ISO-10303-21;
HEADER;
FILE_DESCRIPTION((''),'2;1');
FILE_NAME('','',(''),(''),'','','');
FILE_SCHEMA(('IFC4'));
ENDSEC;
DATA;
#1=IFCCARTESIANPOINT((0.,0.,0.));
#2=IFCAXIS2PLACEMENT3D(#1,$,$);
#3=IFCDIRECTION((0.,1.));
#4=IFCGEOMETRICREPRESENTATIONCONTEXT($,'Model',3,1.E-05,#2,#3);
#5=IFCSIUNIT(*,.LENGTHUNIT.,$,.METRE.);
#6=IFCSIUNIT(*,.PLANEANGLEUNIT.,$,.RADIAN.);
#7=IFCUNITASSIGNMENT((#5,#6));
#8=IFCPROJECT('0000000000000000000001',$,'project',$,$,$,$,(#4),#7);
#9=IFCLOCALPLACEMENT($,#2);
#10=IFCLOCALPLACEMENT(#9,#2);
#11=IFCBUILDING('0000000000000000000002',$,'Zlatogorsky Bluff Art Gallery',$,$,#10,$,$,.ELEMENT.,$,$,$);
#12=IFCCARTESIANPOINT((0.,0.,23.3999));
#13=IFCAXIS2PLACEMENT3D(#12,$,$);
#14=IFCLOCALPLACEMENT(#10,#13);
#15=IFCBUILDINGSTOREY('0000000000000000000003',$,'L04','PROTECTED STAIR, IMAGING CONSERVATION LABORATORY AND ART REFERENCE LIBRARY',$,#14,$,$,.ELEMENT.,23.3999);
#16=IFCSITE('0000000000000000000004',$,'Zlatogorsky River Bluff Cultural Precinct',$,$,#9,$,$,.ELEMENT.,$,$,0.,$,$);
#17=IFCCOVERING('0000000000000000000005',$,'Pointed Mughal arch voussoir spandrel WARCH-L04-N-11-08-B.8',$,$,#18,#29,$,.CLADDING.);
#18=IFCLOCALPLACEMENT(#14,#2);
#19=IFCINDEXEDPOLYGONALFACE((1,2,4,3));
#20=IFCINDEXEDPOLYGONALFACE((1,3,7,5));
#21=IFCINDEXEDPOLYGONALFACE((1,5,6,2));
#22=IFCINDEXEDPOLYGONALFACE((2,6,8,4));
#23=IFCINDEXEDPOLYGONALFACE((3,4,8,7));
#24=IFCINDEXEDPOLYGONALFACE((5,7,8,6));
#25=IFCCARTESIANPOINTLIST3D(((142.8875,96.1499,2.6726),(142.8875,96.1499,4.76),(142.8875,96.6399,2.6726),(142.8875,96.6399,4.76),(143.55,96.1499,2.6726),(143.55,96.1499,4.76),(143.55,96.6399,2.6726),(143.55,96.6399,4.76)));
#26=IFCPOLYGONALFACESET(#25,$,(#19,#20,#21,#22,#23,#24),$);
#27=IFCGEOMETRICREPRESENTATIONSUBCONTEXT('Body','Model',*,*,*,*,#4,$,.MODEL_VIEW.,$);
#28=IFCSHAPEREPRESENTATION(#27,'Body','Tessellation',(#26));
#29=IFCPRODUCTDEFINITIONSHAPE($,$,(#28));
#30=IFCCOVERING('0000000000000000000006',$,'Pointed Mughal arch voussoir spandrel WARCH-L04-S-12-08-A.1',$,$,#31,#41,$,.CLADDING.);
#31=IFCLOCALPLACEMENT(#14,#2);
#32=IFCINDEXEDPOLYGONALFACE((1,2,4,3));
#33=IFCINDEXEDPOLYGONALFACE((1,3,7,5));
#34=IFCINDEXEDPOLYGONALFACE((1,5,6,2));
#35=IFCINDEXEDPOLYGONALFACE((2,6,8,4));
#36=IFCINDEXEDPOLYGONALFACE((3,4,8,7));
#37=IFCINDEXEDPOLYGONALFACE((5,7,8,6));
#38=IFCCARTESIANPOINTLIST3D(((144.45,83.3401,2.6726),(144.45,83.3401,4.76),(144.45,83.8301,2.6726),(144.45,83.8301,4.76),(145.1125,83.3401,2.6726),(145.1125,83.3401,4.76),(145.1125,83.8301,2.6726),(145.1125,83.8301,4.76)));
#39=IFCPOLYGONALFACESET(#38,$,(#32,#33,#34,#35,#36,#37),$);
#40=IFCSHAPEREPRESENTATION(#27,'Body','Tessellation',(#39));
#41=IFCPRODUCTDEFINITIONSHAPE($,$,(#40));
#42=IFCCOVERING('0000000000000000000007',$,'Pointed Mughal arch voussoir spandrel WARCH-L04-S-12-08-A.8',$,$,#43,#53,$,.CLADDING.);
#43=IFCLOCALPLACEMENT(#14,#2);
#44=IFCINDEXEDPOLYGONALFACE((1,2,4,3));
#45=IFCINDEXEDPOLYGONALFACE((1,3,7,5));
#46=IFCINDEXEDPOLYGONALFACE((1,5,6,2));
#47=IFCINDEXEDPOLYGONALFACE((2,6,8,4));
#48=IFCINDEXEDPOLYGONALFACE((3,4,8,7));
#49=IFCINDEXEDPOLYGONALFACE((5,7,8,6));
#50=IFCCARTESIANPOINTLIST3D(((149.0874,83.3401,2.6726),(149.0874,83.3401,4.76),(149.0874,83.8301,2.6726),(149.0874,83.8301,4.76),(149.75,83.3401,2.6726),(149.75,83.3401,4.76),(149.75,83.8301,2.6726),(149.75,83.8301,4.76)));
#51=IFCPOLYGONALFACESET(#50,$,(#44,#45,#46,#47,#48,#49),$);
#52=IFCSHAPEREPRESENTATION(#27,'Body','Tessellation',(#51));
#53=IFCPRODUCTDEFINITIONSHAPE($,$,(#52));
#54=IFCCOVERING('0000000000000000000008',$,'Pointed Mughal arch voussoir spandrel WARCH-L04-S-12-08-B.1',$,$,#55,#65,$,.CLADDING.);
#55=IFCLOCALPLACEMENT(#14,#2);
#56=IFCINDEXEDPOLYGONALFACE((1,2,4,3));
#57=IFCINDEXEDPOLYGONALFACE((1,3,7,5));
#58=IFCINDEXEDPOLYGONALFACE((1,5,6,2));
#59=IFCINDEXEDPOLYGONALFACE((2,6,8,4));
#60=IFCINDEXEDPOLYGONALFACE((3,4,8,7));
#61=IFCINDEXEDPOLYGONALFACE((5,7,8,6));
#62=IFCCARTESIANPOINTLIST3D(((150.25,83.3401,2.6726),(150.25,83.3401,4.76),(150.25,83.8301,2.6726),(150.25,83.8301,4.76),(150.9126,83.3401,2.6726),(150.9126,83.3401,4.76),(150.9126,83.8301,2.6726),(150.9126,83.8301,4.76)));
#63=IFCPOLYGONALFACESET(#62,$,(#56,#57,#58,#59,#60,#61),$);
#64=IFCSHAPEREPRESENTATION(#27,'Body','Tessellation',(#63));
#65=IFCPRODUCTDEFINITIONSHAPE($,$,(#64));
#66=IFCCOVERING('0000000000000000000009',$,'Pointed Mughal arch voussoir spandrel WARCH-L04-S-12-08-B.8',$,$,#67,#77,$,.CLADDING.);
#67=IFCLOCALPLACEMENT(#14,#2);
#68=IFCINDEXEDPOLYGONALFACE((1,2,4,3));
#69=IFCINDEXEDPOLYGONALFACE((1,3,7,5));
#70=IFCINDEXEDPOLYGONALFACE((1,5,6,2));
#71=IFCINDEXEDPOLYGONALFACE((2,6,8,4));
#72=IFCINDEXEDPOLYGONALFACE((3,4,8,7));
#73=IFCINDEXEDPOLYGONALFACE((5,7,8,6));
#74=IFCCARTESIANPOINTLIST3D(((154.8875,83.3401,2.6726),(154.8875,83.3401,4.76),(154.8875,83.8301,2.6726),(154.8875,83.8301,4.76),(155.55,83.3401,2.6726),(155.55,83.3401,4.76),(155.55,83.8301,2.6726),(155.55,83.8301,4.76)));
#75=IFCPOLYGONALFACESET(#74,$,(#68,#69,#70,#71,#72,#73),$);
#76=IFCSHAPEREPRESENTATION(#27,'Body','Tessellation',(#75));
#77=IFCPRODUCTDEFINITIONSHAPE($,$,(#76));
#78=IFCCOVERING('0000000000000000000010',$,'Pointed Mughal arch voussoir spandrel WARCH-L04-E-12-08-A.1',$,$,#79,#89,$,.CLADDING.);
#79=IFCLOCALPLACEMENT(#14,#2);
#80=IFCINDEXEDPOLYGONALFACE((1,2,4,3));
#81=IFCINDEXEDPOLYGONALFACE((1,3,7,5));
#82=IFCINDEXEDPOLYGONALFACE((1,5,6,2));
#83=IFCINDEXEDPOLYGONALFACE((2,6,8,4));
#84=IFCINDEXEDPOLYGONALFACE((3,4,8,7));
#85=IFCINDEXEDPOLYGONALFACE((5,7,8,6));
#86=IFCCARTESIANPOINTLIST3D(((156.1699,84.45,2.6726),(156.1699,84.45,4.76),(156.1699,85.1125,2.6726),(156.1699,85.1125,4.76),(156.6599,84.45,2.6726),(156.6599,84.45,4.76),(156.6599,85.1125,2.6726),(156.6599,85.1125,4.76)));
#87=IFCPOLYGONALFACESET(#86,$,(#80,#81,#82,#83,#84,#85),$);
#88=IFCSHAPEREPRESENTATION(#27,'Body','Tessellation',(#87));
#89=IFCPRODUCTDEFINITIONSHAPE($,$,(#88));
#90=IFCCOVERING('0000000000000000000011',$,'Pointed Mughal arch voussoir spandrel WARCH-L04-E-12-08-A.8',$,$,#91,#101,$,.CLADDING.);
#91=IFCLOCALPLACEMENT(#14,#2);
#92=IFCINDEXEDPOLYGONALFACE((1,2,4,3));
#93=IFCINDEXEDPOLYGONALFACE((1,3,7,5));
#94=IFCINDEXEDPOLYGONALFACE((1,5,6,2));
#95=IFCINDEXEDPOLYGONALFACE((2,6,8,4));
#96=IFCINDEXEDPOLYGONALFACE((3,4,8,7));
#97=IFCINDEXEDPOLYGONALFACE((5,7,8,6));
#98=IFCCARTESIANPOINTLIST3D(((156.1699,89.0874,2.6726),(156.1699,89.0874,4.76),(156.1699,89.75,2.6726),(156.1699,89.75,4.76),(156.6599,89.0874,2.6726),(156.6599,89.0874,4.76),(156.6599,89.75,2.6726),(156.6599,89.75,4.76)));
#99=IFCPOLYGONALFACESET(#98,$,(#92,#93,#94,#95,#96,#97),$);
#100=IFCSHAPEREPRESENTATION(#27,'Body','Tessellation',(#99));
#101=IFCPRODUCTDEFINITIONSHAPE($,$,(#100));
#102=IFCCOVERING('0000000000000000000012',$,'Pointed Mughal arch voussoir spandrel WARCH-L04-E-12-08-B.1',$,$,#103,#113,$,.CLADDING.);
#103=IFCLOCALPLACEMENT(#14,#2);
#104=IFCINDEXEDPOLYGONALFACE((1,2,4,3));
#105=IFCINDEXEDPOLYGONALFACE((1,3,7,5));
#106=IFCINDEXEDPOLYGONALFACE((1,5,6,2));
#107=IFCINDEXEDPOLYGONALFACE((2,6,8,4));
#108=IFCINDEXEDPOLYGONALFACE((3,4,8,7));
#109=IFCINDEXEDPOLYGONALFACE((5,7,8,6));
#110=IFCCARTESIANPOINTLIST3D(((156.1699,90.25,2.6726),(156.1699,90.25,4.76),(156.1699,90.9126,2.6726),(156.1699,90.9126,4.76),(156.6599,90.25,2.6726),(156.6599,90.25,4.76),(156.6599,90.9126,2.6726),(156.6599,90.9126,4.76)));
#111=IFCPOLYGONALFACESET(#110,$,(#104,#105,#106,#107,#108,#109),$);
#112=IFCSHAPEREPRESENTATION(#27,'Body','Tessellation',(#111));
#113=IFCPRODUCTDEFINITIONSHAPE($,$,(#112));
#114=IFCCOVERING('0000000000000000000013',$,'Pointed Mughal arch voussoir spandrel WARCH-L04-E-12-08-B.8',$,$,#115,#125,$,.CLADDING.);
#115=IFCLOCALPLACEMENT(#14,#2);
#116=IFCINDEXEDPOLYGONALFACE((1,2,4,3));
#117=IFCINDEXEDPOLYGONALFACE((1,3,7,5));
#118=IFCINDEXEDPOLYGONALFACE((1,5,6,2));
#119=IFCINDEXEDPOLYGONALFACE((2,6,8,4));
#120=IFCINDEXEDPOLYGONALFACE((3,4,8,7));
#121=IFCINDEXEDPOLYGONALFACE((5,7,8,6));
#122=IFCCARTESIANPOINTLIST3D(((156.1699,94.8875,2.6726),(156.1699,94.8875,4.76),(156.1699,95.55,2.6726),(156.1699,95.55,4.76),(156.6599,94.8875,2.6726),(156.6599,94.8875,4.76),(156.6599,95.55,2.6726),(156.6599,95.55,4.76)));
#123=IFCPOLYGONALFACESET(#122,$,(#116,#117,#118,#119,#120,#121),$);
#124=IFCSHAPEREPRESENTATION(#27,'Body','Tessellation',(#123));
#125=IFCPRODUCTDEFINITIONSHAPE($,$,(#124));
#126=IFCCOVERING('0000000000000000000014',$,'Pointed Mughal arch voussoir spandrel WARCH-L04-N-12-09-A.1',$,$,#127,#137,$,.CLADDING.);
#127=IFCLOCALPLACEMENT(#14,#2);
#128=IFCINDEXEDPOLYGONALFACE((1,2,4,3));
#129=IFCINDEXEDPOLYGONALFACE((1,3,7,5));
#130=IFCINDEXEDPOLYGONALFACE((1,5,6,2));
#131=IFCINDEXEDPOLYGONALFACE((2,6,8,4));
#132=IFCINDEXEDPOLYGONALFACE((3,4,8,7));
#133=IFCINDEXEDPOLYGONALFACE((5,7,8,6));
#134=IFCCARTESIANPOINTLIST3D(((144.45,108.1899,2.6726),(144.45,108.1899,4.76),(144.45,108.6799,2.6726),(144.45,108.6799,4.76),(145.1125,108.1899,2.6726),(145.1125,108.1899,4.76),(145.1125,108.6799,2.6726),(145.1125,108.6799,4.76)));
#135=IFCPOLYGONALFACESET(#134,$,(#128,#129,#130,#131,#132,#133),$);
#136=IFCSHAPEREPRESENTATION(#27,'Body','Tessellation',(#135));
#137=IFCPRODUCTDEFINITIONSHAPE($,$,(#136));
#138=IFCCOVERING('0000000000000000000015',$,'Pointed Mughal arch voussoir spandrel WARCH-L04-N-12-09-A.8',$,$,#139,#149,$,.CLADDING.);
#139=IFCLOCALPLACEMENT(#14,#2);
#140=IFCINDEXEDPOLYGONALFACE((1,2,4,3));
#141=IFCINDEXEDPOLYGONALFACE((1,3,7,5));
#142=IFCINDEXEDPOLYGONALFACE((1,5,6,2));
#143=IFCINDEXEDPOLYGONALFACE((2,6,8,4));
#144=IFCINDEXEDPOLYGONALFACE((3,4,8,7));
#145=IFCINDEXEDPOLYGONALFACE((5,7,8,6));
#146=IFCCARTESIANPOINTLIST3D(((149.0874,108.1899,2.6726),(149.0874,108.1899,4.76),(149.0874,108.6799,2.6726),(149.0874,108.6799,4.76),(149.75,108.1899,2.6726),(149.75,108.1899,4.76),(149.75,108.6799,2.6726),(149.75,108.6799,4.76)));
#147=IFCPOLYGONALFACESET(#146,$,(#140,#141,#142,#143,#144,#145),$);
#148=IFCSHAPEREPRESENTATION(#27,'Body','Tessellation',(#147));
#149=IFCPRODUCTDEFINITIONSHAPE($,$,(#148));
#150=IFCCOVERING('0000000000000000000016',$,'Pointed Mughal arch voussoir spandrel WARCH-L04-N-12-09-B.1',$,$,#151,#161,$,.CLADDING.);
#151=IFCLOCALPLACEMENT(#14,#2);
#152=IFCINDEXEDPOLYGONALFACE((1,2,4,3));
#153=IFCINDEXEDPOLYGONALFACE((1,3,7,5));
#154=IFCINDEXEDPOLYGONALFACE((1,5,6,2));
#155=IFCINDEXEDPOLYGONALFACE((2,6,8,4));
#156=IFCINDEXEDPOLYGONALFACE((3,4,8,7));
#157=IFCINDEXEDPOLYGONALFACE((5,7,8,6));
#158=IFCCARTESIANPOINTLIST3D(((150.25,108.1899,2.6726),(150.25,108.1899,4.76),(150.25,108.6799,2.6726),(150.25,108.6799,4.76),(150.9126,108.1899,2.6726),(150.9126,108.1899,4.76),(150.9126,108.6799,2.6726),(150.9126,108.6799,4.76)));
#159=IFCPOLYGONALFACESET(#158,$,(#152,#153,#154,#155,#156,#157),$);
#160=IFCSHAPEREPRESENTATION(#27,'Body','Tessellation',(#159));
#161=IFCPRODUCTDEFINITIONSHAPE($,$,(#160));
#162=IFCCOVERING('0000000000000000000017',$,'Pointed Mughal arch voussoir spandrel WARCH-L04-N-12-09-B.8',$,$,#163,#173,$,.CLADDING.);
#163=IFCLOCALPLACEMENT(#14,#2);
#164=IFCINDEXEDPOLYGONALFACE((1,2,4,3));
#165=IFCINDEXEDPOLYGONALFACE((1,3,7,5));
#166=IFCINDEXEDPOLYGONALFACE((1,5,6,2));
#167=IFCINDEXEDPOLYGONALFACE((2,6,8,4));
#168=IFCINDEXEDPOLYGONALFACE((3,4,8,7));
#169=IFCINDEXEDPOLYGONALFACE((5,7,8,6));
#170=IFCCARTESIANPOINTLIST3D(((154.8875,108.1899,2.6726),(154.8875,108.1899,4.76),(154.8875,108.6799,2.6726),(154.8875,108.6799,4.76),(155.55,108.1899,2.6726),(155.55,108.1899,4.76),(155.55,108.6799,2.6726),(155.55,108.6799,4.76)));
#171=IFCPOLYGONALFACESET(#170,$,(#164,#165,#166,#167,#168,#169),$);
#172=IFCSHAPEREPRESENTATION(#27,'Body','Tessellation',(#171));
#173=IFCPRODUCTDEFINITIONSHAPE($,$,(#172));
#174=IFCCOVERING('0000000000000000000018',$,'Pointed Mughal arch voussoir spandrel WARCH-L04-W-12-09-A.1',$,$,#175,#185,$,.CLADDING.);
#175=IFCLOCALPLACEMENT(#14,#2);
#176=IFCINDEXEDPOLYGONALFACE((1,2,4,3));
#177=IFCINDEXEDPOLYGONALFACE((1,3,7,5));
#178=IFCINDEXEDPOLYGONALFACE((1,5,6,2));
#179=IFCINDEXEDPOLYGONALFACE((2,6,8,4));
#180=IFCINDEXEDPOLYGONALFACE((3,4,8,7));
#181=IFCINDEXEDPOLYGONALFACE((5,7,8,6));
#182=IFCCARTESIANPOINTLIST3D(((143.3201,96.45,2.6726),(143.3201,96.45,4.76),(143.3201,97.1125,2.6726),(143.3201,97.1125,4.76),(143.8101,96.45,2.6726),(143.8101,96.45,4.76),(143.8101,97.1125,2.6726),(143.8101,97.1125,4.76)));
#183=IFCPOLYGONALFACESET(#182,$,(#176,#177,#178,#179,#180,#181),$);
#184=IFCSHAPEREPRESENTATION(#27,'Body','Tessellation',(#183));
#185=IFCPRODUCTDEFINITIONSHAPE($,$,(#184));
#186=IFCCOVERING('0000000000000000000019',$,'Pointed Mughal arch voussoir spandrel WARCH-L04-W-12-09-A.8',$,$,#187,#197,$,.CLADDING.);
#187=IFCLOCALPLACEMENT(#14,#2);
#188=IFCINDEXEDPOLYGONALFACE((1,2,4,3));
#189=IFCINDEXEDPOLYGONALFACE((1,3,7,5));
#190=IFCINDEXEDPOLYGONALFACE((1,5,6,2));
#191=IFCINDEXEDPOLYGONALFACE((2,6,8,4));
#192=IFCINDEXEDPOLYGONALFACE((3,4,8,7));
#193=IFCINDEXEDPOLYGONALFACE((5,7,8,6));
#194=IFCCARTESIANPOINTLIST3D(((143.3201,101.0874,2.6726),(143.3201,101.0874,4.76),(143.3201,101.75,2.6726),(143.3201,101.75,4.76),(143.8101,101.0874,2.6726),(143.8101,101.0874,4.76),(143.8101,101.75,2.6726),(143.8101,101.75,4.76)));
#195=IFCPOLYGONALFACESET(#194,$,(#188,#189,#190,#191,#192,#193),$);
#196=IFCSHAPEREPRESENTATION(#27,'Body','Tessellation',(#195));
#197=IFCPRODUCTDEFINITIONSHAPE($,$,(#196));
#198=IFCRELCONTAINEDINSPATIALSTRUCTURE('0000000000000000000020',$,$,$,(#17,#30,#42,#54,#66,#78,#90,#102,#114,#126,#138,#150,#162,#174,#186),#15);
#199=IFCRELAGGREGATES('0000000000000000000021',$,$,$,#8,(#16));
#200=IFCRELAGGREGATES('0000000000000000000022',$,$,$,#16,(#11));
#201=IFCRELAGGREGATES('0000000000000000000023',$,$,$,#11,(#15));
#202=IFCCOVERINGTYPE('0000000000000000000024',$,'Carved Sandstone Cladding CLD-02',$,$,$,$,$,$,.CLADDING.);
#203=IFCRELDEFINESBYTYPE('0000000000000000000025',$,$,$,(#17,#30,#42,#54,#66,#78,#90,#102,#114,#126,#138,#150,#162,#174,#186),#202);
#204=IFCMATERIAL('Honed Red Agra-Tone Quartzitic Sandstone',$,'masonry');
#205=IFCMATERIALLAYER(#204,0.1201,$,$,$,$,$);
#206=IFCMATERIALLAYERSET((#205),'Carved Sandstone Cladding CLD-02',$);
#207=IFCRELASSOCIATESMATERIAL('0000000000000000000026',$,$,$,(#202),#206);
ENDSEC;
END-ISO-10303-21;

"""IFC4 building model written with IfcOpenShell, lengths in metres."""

from ifc_helpers import new_model, si_unit, direction, frame, origin, place, context, subcontext, project, spatial, polyline, outline, extrude, material, layer, layer_set, type_object, element, save


model = new_model("IFC4")

# Units and contexts
model_context = context("Model", 3, precision=1e-05, world=origin(), true_north=direction((0.0, 1.0)))
body_context = subcontext(model_context, "Body", "Model", "MODEL_VIEW")
ifc_project = project(units=[si_unit("LENGTHUNIT", "METRE"), si_unit("PLANEANGLEUNIT", "RADIAN")], contexts=[model_context])

# Site, building, storey
site_placement = place(None, origin())
site = spatial("IfcSite", under=ifc_project, at=site_placement, Name="Zlatogorsky River Bluff Cultural Precinct", CompositionType="ELEMENT", RefElevation=0.0)
building_placement = place(site_placement, origin())
building = spatial("IfcBuilding", under=site, at=building_placement, Name="Zlatogorsky Bluff Art Gallery", CompositionType="ELEMENT")
storey_placement = place(building_placement, frame((0.0, 0.0, 23.3999)))
storey = spatial("IfcBuildingStorey", under=building, at=storey_placement, Name="L04", Description="PROTECTED STAIR, IMAGING CONSERVATION LABORATORY AND ART REFERENCE LIBRARY", CompositionType="ELEMENT", Elevation=23.3999)

# Coverings
ifc_material = material(Name="Honed Red Agra-Tone Quartzitic Sandstone", Category="masonry")
ifc_layer = layer(ifc_material, 0.1201)
ifc_layer_set = layer_set([ifc_layer], Name="Carved Sandstone Cladding CLD-02")
covering_type = type_object("IfcCoveringType", Name="Carved Sandstone Cladding CLD-02", PredefinedType="CLADDING", material=ifc_layer_set)
covering_1_placement = place(storey_placement, frame((0.0, 0.0, 2.6726)))
element("IfcCovering", 1, at=covering_1_placement, inside=storey, type_object=covering_type, Name="Pointed Mughal arch voussoir spandrel WARCH-L04-N-11-08-B.8", PredefinedType="CLADDING", context=body_context, shape_type="SweptSolid", body=[
    extrude(outline(polyline([(142.8875, 96.1499), (143.55, 96.1499), (143.55, 96.6399), (142.8875, 96.6399), (142.8875, 96.1499)])), origin(), (0.0, 0.0, 1.0), 2.0874),
])
covering_2_placement = place(storey_placement, frame((0.0, 0.0, 2.6726)))
element("IfcCovering", 2, at=covering_2_placement, inside=storey, type_object=covering_type, Name="Pointed Mughal arch voussoir spandrel WARCH-L04-S-12-08-A.1", PredefinedType="CLADDING", context=body_context, shape_type="SweptSolid", body=[
    extrude(outline(polyline([(144.45, 83.3401), (145.1125, 83.3401), (145.1125, 83.8301), (144.45, 83.8301), (144.45, 83.3401)])), origin(), (0.0, 0.0, 1.0), 2.0874),
])
covering_3_placement = place(storey_placement, frame((0.0, 0.0, 2.6726)))
element("IfcCovering", 3, at=covering_3_placement, inside=storey, type_object=covering_type, Name="Pointed Mughal arch voussoir spandrel WARCH-L04-S-12-08-A.8", PredefinedType="CLADDING", context=body_context, shape_type="SweptSolid", body=[
    extrude(outline(polyline([(149.0874, 83.3401), (149.75, 83.3401), (149.75, 83.8301), (149.0874, 83.8301), (149.0874, 83.3401)])), origin(), (0.0, 0.0, 1.0), 2.0874),
])
covering_4_placement = place(storey_placement, frame((0.0, 0.0, 2.6726)))
element("IfcCovering", 4, at=covering_4_placement, inside=storey, type_object=covering_type, Name="Pointed Mughal arch voussoir spandrel WARCH-L04-S-12-08-B.1", PredefinedType="CLADDING", context=body_context, shape_type="SweptSolid", body=[
    extrude(outline(polyline([(150.25, 83.3401), (150.9126, 83.3401), (150.9126, 83.8301), (150.25, 83.8301), (150.25, 83.3401)])), origin(), (0.0, 0.0, 1.0), 2.0874),
])
covering_5_placement = place(storey_placement, frame((0.0, 0.0, 2.6726)))
element("IfcCovering", 5, at=covering_5_placement, inside=storey, type_object=covering_type, Name="Pointed Mughal arch voussoir spandrel WARCH-L04-S-12-08-B.8", PredefinedType="CLADDING", context=body_context, shape_type="SweptSolid", body=[
    extrude(outline(polyline([(154.8875, 83.3401), (155.55, 83.3401), (155.55, 83.8301), (154.8875, 83.8301), (154.8875, 83.3401)])), origin(), (0.0, 0.0, 1.0), 2.0874),
])
covering_6_placement = place(storey_placement, frame((0.0, 0.0, 2.6726)))
element("IfcCovering", 6, at=covering_6_placement, inside=storey, type_object=covering_type, Name="Pointed Mughal arch voussoir spandrel WARCH-L04-E-12-08-A.1", PredefinedType="CLADDING", context=body_context, shape_type="SweptSolid", body=[
    extrude(outline(polyline([(156.1699, 84.45), (156.1699, 85.1125), (156.6599, 85.1125), (156.6599, 84.45), (156.1699, 84.45)])), origin(), (0.0, 0.0, 1.0), 2.0874),
])
covering_7_placement = place(storey_placement, frame((0.0, 0.0, 2.6726)))
element("IfcCovering", 7, at=covering_7_placement, inside=storey, type_object=covering_type, Name="Pointed Mughal arch voussoir spandrel WARCH-L04-E-12-08-A.8", PredefinedType="CLADDING", context=body_context, shape_type="SweptSolid", body=[
    extrude(outline(polyline([(156.1699, 89.0874), (156.1699, 89.75), (156.6599, 89.75), (156.6599, 89.0874), (156.1699, 89.0874)])), origin(), (0.0, 0.0, 1.0), 2.0874),
])
covering_8_placement = place(storey_placement, frame((0.0, 0.0, 2.6726)))
element("IfcCovering", 8, at=covering_8_placement, inside=storey, type_object=covering_type, Name="Pointed Mughal arch voussoir spandrel WARCH-L04-E-12-08-B.1", PredefinedType="CLADDING", context=body_context, shape_type="SweptSolid", body=[
    extrude(outline(polyline([(156.1699, 90.25), (156.1699, 90.9126), (156.6599, 90.9126), (156.6599, 90.25), (156.1699, 90.25)])), origin(), (0.0, 0.0, 1.0), 2.0874),
])
covering_9_placement = place(storey_placement, frame((0.0, 0.0, 2.6726)))
element("IfcCovering", 9, at=covering_9_placement, inside=storey, type_object=covering_type, Name="Pointed Mughal arch voussoir spandrel WARCH-L04-E-12-08-B.8", PredefinedType="CLADDING", context=body_context, shape_type="SweptSolid", body=[
    extrude(outline(polyline([(156.1699, 94.8875), (156.1699, 95.55), (156.6599, 95.55), (156.6599, 94.8875), (156.1699, 94.8875)])), origin(), (0.0, 0.0, 1.0), 2.0874),
])
covering_10_placement = place(storey_placement, frame((0.0, 0.0, 2.6726)))
element("IfcCovering", 10, at=covering_10_placement, inside=storey, type_object=covering_type, Name="Pointed Mughal arch voussoir spandrel WARCH-L04-N-12-09-A.1", PredefinedType="CLADDING", context=body_context, shape_type="SweptSolid", body=[
    extrude(outline(polyline([(144.45, 108.1899), (145.1125, 108.1899), (145.1125, 108.6799), (144.45, 108.6799), (144.45, 108.1899)])), origin(), (0.0, 0.0, 1.0), 2.0874),
])
covering_11_placement = place(storey_placement, frame((0.0, 0.0, 2.6726)))
element("IfcCovering", 11, at=covering_11_placement, inside=storey, type_object=covering_type, Name="Pointed Mughal arch voussoir spandrel WARCH-L04-N-12-09-A.8", PredefinedType="CLADDING", context=body_context, shape_type="SweptSolid", body=[
    extrude(outline(polyline([(149.0874, 108.1899), (149.75, 108.1899), (149.75, 108.6799), (149.0874, 108.6799), (149.0874, 108.1899)])), origin(), (0.0, 0.0, 1.0), 2.0874),
])
covering_12_placement = place(storey_placement, frame((0.0, 0.0, 2.6726)))
element("IfcCovering", 12, at=covering_12_placement, inside=storey, type_object=covering_type, Name="Pointed Mughal arch voussoir spandrel WARCH-L04-N-12-09-B.1", PredefinedType="CLADDING", context=body_context, shape_type="SweptSolid", body=[
    extrude(outline(polyline([(150.25, 108.1899), (150.9126, 108.1899), (150.9126, 108.6799), (150.25, 108.6799), (150.25, 108.1899)])), origin(), (0.0, 0.0, 1.0), 2.0874),
])
covering_13_placement = place(storey_placement, frame((0.0, 0.0, 2.6726)))
element("IfcCovering", 13, at=covering_13_placement, inside=storey, type_object=covering_type, Name="Pointed Mughal arch voussoir spandrel WARCH-L04-N-12-09-B.8", PredefinedType="CLADDING", context=body_context, shape_type="SweptSolid", body=[
    extrude(outline(polyline([(154.8875, 108.1899), (155.55, 108.1899), (155.55, 108.6799), (154.8875, 108.6799), (154.8875, 108.1899)])), origin(), (0.0, 0.0, 1.0), 2.0874),
])
covering_14_placement = place(storey_placement, frame((0.0, 0.0, 2.6726)))
element("IfcCovering", 14, at=covering_14_placement, inside=storey, type_object=covering_type, Name="Pointed Mughal arch voussoir spandrel WARCH-L04-W-12-09-A.1", PredefinedType="CLADDING", context=body_context, shape_type="SweptSolid", body=[
    extrude(outline(polyline([(143.3201, 96.45), (143.3201, 97.1125), (143.8101, 97.1125), (143.8101, 96.45), (143.3201, 96.45)])), origin(), (0.0, 0.0, 1.0), 2.0874),
])
covering_15_placement = place(storey_placement, frame((0.0, 0.0, 2.6726)))
element("IfcCovering", 15, at=covering_15_placement, inside=storey, type_object=covering_type, Name="Pointed Mughal arch voussoir spandrel WARCH-L04-W-12-09-A.8", PredefinedType="CLADDING", context=body_context, shape_type="SweptSolid", body=[
    extrude(outline(polyline([(143.3201, 101.0874), (143.3201, 101.75), (143.8101, 101.75), (143.8101, 101.0874), (143.3201, 101.0874)])), origin(), (0.0, 0.0, 1.0), 2.0874),
])

save(model, "model.ifc")
